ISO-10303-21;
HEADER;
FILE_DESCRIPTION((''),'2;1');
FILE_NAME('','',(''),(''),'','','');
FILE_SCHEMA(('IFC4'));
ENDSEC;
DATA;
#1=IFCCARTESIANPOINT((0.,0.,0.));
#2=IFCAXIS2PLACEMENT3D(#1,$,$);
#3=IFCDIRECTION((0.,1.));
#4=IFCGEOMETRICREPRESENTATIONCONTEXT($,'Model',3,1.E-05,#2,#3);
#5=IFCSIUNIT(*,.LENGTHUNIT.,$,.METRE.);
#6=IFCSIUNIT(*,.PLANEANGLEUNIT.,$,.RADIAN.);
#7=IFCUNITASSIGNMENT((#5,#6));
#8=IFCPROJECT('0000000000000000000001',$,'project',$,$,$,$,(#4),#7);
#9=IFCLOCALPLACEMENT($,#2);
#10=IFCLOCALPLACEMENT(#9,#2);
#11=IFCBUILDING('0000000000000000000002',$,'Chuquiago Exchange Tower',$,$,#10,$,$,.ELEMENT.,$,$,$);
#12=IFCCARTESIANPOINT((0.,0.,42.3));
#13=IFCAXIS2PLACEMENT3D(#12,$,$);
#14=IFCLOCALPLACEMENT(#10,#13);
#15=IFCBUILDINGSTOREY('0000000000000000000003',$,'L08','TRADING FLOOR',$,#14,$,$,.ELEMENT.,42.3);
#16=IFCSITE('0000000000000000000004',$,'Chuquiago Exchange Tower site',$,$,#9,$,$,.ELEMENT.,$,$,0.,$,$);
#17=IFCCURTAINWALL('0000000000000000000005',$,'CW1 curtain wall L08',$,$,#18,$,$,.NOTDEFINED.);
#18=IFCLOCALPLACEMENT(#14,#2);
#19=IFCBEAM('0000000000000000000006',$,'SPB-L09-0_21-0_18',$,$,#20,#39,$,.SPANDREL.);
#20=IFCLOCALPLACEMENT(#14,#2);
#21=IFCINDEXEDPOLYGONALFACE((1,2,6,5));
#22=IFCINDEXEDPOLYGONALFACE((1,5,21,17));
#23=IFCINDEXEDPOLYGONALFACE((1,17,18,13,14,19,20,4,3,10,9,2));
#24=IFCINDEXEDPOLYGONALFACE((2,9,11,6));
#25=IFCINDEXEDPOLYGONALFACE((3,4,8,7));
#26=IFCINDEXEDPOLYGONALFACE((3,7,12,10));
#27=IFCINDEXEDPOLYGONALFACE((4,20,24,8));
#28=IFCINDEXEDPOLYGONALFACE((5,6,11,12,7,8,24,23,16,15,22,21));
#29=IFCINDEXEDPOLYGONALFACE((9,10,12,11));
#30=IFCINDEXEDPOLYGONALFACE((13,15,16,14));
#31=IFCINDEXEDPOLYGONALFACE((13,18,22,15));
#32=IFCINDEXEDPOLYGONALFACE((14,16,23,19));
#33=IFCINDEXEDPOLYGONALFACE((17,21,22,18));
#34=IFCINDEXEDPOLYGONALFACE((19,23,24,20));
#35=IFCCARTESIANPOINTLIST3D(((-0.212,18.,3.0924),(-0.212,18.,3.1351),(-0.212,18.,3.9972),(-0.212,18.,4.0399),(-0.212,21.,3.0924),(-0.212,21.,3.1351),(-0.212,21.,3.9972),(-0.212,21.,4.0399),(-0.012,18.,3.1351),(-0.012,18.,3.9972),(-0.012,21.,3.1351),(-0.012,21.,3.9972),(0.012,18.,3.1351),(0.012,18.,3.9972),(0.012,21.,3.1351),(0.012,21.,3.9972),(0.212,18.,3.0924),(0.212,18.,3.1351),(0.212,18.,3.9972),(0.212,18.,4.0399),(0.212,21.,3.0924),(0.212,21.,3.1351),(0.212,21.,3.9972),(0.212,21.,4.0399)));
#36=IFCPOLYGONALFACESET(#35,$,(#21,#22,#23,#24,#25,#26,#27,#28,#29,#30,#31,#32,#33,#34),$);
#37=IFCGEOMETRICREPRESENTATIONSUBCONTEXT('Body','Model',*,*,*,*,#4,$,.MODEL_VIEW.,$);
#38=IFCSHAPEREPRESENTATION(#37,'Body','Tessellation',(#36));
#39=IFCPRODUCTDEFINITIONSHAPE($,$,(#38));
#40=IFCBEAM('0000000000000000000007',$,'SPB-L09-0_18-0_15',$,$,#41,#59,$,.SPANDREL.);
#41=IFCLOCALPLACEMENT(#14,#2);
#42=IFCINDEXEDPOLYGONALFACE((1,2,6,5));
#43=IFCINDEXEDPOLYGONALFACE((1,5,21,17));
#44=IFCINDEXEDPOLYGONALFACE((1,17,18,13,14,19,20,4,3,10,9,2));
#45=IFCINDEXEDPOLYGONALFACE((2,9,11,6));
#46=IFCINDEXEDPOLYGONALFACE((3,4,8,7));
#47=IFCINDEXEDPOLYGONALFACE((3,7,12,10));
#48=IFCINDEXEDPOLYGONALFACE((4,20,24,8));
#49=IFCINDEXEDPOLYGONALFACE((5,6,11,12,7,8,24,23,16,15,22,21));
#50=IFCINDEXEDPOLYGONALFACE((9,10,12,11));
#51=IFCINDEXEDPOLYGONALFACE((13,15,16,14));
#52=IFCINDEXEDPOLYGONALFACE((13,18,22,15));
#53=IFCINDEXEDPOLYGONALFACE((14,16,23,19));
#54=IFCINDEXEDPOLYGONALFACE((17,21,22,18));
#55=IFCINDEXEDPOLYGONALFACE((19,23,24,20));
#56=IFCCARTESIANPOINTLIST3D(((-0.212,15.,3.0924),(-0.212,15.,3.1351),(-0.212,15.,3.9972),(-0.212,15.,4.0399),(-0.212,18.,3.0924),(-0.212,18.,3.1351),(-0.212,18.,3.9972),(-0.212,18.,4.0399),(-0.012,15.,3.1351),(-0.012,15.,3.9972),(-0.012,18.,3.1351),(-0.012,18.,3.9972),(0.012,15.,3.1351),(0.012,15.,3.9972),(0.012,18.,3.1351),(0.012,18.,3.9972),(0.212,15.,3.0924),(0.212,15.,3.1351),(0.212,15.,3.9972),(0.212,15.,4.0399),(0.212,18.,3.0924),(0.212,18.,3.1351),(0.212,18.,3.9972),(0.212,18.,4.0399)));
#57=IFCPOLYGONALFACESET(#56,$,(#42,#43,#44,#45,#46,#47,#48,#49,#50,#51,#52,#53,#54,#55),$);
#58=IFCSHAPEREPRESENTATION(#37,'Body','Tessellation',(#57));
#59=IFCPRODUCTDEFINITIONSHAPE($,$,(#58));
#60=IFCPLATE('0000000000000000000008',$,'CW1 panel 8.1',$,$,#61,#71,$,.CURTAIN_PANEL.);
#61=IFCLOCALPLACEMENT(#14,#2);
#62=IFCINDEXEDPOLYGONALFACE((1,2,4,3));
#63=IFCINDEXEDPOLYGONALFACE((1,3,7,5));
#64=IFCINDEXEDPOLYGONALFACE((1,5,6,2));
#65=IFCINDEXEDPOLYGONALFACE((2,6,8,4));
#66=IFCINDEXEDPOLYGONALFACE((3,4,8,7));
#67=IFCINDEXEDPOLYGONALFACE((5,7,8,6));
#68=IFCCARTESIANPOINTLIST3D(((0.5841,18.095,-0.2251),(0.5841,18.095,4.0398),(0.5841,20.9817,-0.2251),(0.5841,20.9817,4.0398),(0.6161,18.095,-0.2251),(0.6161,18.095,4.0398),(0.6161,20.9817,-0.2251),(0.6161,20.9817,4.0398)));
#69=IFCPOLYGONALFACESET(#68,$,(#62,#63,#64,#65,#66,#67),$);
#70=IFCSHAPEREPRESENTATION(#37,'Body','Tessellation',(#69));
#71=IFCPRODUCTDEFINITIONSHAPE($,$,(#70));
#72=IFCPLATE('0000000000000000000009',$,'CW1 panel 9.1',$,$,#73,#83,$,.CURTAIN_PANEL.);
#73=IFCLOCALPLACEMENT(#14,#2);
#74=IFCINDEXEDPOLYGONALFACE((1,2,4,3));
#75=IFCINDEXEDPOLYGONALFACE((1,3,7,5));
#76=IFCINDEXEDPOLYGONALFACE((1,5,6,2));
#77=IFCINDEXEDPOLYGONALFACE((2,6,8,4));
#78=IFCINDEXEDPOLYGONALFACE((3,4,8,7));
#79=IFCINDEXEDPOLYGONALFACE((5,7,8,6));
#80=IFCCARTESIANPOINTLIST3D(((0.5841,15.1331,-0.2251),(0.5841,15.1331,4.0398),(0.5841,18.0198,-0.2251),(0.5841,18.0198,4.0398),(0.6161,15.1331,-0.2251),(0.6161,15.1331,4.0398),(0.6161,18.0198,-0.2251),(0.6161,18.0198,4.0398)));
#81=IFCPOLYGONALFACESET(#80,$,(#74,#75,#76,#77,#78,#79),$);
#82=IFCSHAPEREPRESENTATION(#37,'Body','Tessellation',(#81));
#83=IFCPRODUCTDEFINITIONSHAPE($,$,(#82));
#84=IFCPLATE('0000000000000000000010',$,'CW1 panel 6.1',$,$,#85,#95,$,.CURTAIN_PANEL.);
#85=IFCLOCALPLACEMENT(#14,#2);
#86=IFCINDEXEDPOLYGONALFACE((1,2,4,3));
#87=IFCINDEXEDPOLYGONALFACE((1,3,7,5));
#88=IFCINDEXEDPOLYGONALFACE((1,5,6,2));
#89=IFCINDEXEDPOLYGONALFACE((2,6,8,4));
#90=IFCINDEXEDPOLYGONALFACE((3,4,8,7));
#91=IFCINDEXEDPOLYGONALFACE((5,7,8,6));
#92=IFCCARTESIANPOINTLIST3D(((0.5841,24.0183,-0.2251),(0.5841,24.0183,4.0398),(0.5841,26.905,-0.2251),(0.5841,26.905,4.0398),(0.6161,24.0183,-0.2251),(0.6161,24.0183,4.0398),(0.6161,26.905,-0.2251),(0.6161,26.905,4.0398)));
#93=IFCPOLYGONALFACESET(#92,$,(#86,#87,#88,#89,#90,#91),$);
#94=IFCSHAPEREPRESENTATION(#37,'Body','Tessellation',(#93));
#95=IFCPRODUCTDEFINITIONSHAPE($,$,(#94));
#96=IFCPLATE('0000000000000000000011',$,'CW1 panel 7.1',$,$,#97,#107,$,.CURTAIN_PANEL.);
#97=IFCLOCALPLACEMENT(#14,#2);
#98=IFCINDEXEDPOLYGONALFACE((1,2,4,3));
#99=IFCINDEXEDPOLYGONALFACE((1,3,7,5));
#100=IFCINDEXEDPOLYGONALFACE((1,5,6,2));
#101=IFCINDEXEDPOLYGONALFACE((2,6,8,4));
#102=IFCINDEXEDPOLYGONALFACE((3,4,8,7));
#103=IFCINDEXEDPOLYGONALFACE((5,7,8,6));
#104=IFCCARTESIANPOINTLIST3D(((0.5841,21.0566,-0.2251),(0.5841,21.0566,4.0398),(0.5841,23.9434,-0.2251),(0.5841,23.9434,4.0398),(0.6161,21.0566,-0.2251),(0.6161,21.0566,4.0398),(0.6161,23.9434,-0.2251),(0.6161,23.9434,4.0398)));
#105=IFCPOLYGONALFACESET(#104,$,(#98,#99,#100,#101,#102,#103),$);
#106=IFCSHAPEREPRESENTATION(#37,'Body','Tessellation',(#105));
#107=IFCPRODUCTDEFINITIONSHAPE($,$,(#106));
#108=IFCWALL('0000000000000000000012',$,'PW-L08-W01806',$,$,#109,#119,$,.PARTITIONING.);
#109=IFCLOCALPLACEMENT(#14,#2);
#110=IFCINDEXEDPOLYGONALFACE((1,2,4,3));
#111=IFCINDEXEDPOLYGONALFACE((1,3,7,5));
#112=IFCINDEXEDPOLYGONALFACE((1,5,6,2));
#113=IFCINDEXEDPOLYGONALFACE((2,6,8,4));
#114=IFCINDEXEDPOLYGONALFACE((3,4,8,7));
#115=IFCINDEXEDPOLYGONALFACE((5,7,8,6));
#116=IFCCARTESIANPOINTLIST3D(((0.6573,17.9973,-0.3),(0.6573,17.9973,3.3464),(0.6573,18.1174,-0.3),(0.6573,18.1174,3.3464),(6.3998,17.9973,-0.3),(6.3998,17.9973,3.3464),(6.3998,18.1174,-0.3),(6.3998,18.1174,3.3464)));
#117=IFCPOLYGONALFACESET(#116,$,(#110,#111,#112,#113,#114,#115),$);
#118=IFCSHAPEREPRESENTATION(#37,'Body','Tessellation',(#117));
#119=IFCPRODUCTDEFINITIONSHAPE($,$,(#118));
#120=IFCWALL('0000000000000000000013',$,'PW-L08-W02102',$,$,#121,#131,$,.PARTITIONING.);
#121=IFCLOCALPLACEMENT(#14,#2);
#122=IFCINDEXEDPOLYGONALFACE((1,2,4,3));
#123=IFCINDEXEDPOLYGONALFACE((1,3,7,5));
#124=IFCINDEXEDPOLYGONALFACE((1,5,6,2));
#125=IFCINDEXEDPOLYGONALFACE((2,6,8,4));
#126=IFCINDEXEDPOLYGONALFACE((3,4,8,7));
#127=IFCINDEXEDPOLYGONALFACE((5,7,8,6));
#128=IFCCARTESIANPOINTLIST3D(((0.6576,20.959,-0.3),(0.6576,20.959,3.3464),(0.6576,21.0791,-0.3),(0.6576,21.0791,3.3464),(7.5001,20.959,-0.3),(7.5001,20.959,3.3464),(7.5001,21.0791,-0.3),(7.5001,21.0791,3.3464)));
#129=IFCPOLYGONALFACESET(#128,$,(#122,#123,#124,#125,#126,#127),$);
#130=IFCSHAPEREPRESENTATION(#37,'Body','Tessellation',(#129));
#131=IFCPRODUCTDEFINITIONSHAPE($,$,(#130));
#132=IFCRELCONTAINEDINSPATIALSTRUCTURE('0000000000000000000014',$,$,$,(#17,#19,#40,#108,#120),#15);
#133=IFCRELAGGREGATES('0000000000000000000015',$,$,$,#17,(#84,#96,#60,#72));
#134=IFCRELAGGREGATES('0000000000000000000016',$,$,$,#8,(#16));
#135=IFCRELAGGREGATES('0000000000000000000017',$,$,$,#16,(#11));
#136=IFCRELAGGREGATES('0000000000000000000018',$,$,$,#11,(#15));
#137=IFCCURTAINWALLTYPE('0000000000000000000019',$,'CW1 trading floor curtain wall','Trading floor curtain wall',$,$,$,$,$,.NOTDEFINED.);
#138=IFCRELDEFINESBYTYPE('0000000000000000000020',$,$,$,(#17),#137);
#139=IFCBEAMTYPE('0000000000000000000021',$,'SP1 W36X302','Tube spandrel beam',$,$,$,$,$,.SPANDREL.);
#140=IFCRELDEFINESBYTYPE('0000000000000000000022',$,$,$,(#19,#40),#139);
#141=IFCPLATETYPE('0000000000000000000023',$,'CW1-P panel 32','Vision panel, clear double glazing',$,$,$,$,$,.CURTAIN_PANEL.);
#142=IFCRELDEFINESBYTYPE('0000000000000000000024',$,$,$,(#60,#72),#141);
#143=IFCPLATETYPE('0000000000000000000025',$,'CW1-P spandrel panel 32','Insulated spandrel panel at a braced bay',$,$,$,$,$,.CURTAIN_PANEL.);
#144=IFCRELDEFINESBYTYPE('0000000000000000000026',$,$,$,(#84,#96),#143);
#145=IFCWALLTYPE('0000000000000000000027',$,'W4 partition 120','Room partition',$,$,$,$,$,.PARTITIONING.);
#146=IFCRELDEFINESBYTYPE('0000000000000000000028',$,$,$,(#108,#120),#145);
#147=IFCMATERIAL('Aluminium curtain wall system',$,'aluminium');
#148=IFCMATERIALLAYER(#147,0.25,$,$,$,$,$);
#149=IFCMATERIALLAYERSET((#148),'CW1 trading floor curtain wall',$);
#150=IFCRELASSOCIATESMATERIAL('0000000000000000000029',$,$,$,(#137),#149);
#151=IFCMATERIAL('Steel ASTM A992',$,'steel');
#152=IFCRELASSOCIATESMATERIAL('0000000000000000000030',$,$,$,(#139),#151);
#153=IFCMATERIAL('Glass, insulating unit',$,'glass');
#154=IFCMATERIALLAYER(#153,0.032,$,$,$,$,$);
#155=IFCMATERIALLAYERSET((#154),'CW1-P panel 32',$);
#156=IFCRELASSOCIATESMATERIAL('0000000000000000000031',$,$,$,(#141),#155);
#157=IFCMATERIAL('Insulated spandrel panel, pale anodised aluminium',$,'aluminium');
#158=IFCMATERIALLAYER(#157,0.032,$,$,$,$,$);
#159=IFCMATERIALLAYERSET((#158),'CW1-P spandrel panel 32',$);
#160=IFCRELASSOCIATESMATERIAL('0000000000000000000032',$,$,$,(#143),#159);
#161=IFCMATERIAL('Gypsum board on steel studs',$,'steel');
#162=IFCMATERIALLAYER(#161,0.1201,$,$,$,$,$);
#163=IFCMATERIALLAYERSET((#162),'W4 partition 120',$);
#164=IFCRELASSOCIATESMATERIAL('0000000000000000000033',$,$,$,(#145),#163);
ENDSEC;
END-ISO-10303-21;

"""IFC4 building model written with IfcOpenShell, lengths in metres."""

from ifc_helpers import new_model, si_unit, direction, frame, frame_2d, origin, origin_2d, place, context, subcontext, project, spatial, rectangle, i_section, extrude, material, layer, layer_set, material_profile, profile_set, type_object, element, aggregate, save


model = new_model("IFC4")

# Units and contexts
model_context = context("Model", 3, precision=1e-05, world=origin(), true_north=direction((0.0, 1.0)))
body_context = subcontext(model_context, "Body", "Model", "MODEL_VIEW")
ifc_project = project(units=[si_unit("LENGTHUNIT", "METRE"), si_unit("PLANEANGLEUNIT", "RADIAN")], contexts=[model_context])

# Site, building, storey
site_placement = place(None, origin())
site = spatial("IfcSite", under=ifc_project, at=site_placement, Name="Chuquiago Exchange Tower site", CompositionType="ELEMENT", RefElevation=0.0)
building_placement = place(site_placement, origin())
building = spatial("IfcBuilding", under=site, at=building_placement, Name="Chuquiago Exchange Tower", CompositionType="ELEMENT")
storey_placement = place(building_placement, frame((0.0, 0.0, 42.3)))
storey = spatial("IfcBuildingStorey", under=building, at=storey_placement, Name="L08", Description="TRADING FLOOR", CompositionType="ELEMENT", Elevation=42.3)

# Curtain wall
ifc_material_1 = material(Name="Aluminium curtain wall system", Category="aluminium")
ifc_layer_1 = layer(ifc_material_1, 0.25)
ifc_layer_set_1 = layer_set([ifc_layer_1], Name="CW1 trading floor curtain wall")
curtain_wall_type = type_object("IfcCurtainWallType", Name="CW1 trading floor curtain wall", Description="Trading floor curtain wall", PredefinedType="NOTDEFINED", material=ifc_layer_set_1)
curtain_wall_placement = place(storey_placement, origin())
curtain_wall = element("IfcCurtainWall", 1, at=curtain_wall_placement, inside=storey, type_object=curtain_wall_type, Name="CW1 curtain wall L08", PredefinedType="NOTDEFINED")

# Beams
ifc_material_2 = material(Name="Steel ASTM A992", Category="steel")
ifc_material_profile_1 = material_profile(ifc_material_2, i_section(OverallWidth=0.4241, OverallDepth=0.9475, WebThickness=0.0239, FlangeThickness=0.0427, at=origin_2d()), Name="W36X302")
ifc_profile_set_1 = profile_set([ifc_material_profile_1], Name="Steel ASTM A992")
beam_type = type_object("IfcBeamType", Name="SP1 W36X302", Description="Tube spandrel beam", PredefinedType="SPANDREL", material=ifc_profile_set_1)
for number, where, z_axis, x_axis, name in (
    (2, (0.0, 21.0, 3.5662), (0.0, -1.0, 0.0), (1.0, 0.0, 0.0), "SPB-L09-0_21-0_18"),
    (3, (0.0, 18.0, 3.5662), (0.0, -1.0, 0.0), (1.0, 0.0, 0.0), "SPB-L09-0_18-0_15"),
):
    element("IfcBeam", number, at=place(storey_placement, frame(where, z_axis=z_axis, x_axis=x_axis)), inside=storey, type_object=beam_type, Name=name, PredefinedType="SPANDREL", context=body_context, shape_type="SweptSolid", body=[
        extrude(i_section(OverallWidth=0.4241, OverallDepth=0.9475, WebThickness=0.0239, FlangeThickness=0.0427, at=origin_2d()), origin(), (0.0, 0.0, 1.0), 3.0),
    ])

# Plates
ifc_material_3 = material(Name="Glass, insulating unit", Category="glass")
ifc_layer_2 = layer(ifc_material_3, 0.032)
ifc_layer_set_2 = layer_set([ifc_layer_2], Name="CW1-P panel 32")
plate_type_1 = type_object("IfcPlateType", Name="CW1-P panel 32", Description="Vision panel, clear double glazing", PredefinedType="CURTAIN_PANEL", material=ifc_layer_set_2)
plate_1_placement = place(storey_placement, frame((0.6001, 19.5383, -0.2251), z_axis=(0.0, 0.0, 1.0), x_axis=(0.0, -1.0, 0.0)))
plate_1 = element("IfcPlate", 4, at=plate_1_placement, type_object=plate_type_1, Name="CW1 panel 8.1", PredefinedType="CURTAIN_PANEL", context=body_context, shape_type="SweptSolid", body=[
    extrude(rectangle(XDim=2.8867, YDim=0.032, at=origin_2d()), origin(), (0.0, 0.0, 1.0), 4.2649),
])
plate_2_placement = place(storey_placement, frame((0.6001, 16.5764, -0.2251), z_axis=(0.0, 0.0, 1.0), x_axis=(0.0, -1.0, 0.0)))
plate_2 = element("IfcPlate", 5, at=plate_2_placement, type_object=plate_type_1, Name="CW1 panel 9.1", PredefinedType="CURTAIN_PANEL", context=body_context, shape_type="SweptSolid", body=[
    extrude(rectangle(XDim=2.8867, YDim=0.032, at=origin_2d()), origin(), (0.0, 0.0, 1.0), 4.2649),
])
ifc_material_4 = material(Name="Insulated spandrel panel, pale anodised aluminium", Category="aluminium")
ifc_layer_3 = layer(ifc_material_4, 0.032)
ifc_layer_set_3 = layer_set([ifc_layer_3], Name="CW1-P spandrel panel 32")
plate_type_2 = type_object("IfcPlateType", Name="CW1-P spandrel panel 32", Description="Insulated spandrel panel at a braced bay", PredefinedType="CURTAIN_PANEL", material=ifc_layer_set_3)
plate_3_placement = place(storey_placement, frame((0.6001, 25.4617, -0.2251), z_axis=(0.0, 0.0, 1.0), x_axis=(0.0, -1.0, 0.0)))
plate_3 = element("IfcPlate", 6, at=plate_3_placement, type_object=plate_type_2, Name="CW1 panel 6.1", PredefinedType="CURTAIN_PANEL", context=body_context, shape_type="SweptSolid", body=[
    extrude(rectangle(XDim=2.8867, YDim=0.032, at=origin_2d()), origin(), (0.0, 0.0, 1.0), 4.2649),
])
plate_4_placement = place(storey_placement, frame((0.6001, 22.5, -0.2251), z_axis=(0.0, 0.0, 1.0), x_axis=(0.0, -1.0, 0.0)))
plate_4 = element("IfcPlate", 7, at=plate_4_placement, type_object=plate_type_2, Name="CW1 panel 7.1", PredefinedType="CURTAIN_PANEL", context=body_context, shape_type="SweptSolid", body=[
    extrude(rectangle(XDim=2.8867, YDim=0.032, at=origin_2d()), origin(), (0.0, 0.0, 1.0), 4.2649),
])
aggregate(curtain_wall, [plate_3, plate_4, plate_1, plate_2])

# Walls
ifc_material_5 = material(Name="Gypsum board on steel studs", Category="steel")
ifc_layer_4 = layer(ifc_material_5, 0.1201)
ifc_layer_set_4 = layer_set([ifc_layer_4], Name="W4 partition 120")
wall_type = type_object("IfcWallType", Name="W4 partition 120", Description="Room partition", PredefinedType="PARTITIONING", material=ifc_layer_set_4)
wall_1_placement = place(storey_placement, frame((0.6575, 18.0574, -0.3), z_axis=(0.0, 0.0, 1.0), x_axis=(1.0, 0.0, 0.0)))
element("IfcWall", 8, at=wall_1_placement, inside=storey, type_object=wall_type, Name="PW-L08-W01806", PredefinedType="PARTITIONING", context=body_context, shape_type="SweptSolid", body=[
    extrude(rectangle(XDim=5.7424, YDim=0.1201, at=frame_2d((2.8711, 0.0))), origin(), (0.0, 0.0, 1.0), 3.6465),
])
wall_2_placement = place(storey_placement, frame((0.6575, 21.019, -0.3), z_axis=(0.0, 0.0, 1.0), x_axis=(1.0, 0.0, 0.0)))
element("IfcWall", 9, at=wall_2_placement, inside=storey, type_object=wall_type, Name="PW-L08-W02102", PredefinedType="PARTITIONING", context=body_context, shape_type="SweptSolid", body=[
    extrude(rectangle(XDim=6.8425, YDim=0.1201, at=frame_2d((3.4214, 0.0))), origin(), (0.0, 0.0, 1.0), 3.6465),
])

save(model, "model.ifc")
